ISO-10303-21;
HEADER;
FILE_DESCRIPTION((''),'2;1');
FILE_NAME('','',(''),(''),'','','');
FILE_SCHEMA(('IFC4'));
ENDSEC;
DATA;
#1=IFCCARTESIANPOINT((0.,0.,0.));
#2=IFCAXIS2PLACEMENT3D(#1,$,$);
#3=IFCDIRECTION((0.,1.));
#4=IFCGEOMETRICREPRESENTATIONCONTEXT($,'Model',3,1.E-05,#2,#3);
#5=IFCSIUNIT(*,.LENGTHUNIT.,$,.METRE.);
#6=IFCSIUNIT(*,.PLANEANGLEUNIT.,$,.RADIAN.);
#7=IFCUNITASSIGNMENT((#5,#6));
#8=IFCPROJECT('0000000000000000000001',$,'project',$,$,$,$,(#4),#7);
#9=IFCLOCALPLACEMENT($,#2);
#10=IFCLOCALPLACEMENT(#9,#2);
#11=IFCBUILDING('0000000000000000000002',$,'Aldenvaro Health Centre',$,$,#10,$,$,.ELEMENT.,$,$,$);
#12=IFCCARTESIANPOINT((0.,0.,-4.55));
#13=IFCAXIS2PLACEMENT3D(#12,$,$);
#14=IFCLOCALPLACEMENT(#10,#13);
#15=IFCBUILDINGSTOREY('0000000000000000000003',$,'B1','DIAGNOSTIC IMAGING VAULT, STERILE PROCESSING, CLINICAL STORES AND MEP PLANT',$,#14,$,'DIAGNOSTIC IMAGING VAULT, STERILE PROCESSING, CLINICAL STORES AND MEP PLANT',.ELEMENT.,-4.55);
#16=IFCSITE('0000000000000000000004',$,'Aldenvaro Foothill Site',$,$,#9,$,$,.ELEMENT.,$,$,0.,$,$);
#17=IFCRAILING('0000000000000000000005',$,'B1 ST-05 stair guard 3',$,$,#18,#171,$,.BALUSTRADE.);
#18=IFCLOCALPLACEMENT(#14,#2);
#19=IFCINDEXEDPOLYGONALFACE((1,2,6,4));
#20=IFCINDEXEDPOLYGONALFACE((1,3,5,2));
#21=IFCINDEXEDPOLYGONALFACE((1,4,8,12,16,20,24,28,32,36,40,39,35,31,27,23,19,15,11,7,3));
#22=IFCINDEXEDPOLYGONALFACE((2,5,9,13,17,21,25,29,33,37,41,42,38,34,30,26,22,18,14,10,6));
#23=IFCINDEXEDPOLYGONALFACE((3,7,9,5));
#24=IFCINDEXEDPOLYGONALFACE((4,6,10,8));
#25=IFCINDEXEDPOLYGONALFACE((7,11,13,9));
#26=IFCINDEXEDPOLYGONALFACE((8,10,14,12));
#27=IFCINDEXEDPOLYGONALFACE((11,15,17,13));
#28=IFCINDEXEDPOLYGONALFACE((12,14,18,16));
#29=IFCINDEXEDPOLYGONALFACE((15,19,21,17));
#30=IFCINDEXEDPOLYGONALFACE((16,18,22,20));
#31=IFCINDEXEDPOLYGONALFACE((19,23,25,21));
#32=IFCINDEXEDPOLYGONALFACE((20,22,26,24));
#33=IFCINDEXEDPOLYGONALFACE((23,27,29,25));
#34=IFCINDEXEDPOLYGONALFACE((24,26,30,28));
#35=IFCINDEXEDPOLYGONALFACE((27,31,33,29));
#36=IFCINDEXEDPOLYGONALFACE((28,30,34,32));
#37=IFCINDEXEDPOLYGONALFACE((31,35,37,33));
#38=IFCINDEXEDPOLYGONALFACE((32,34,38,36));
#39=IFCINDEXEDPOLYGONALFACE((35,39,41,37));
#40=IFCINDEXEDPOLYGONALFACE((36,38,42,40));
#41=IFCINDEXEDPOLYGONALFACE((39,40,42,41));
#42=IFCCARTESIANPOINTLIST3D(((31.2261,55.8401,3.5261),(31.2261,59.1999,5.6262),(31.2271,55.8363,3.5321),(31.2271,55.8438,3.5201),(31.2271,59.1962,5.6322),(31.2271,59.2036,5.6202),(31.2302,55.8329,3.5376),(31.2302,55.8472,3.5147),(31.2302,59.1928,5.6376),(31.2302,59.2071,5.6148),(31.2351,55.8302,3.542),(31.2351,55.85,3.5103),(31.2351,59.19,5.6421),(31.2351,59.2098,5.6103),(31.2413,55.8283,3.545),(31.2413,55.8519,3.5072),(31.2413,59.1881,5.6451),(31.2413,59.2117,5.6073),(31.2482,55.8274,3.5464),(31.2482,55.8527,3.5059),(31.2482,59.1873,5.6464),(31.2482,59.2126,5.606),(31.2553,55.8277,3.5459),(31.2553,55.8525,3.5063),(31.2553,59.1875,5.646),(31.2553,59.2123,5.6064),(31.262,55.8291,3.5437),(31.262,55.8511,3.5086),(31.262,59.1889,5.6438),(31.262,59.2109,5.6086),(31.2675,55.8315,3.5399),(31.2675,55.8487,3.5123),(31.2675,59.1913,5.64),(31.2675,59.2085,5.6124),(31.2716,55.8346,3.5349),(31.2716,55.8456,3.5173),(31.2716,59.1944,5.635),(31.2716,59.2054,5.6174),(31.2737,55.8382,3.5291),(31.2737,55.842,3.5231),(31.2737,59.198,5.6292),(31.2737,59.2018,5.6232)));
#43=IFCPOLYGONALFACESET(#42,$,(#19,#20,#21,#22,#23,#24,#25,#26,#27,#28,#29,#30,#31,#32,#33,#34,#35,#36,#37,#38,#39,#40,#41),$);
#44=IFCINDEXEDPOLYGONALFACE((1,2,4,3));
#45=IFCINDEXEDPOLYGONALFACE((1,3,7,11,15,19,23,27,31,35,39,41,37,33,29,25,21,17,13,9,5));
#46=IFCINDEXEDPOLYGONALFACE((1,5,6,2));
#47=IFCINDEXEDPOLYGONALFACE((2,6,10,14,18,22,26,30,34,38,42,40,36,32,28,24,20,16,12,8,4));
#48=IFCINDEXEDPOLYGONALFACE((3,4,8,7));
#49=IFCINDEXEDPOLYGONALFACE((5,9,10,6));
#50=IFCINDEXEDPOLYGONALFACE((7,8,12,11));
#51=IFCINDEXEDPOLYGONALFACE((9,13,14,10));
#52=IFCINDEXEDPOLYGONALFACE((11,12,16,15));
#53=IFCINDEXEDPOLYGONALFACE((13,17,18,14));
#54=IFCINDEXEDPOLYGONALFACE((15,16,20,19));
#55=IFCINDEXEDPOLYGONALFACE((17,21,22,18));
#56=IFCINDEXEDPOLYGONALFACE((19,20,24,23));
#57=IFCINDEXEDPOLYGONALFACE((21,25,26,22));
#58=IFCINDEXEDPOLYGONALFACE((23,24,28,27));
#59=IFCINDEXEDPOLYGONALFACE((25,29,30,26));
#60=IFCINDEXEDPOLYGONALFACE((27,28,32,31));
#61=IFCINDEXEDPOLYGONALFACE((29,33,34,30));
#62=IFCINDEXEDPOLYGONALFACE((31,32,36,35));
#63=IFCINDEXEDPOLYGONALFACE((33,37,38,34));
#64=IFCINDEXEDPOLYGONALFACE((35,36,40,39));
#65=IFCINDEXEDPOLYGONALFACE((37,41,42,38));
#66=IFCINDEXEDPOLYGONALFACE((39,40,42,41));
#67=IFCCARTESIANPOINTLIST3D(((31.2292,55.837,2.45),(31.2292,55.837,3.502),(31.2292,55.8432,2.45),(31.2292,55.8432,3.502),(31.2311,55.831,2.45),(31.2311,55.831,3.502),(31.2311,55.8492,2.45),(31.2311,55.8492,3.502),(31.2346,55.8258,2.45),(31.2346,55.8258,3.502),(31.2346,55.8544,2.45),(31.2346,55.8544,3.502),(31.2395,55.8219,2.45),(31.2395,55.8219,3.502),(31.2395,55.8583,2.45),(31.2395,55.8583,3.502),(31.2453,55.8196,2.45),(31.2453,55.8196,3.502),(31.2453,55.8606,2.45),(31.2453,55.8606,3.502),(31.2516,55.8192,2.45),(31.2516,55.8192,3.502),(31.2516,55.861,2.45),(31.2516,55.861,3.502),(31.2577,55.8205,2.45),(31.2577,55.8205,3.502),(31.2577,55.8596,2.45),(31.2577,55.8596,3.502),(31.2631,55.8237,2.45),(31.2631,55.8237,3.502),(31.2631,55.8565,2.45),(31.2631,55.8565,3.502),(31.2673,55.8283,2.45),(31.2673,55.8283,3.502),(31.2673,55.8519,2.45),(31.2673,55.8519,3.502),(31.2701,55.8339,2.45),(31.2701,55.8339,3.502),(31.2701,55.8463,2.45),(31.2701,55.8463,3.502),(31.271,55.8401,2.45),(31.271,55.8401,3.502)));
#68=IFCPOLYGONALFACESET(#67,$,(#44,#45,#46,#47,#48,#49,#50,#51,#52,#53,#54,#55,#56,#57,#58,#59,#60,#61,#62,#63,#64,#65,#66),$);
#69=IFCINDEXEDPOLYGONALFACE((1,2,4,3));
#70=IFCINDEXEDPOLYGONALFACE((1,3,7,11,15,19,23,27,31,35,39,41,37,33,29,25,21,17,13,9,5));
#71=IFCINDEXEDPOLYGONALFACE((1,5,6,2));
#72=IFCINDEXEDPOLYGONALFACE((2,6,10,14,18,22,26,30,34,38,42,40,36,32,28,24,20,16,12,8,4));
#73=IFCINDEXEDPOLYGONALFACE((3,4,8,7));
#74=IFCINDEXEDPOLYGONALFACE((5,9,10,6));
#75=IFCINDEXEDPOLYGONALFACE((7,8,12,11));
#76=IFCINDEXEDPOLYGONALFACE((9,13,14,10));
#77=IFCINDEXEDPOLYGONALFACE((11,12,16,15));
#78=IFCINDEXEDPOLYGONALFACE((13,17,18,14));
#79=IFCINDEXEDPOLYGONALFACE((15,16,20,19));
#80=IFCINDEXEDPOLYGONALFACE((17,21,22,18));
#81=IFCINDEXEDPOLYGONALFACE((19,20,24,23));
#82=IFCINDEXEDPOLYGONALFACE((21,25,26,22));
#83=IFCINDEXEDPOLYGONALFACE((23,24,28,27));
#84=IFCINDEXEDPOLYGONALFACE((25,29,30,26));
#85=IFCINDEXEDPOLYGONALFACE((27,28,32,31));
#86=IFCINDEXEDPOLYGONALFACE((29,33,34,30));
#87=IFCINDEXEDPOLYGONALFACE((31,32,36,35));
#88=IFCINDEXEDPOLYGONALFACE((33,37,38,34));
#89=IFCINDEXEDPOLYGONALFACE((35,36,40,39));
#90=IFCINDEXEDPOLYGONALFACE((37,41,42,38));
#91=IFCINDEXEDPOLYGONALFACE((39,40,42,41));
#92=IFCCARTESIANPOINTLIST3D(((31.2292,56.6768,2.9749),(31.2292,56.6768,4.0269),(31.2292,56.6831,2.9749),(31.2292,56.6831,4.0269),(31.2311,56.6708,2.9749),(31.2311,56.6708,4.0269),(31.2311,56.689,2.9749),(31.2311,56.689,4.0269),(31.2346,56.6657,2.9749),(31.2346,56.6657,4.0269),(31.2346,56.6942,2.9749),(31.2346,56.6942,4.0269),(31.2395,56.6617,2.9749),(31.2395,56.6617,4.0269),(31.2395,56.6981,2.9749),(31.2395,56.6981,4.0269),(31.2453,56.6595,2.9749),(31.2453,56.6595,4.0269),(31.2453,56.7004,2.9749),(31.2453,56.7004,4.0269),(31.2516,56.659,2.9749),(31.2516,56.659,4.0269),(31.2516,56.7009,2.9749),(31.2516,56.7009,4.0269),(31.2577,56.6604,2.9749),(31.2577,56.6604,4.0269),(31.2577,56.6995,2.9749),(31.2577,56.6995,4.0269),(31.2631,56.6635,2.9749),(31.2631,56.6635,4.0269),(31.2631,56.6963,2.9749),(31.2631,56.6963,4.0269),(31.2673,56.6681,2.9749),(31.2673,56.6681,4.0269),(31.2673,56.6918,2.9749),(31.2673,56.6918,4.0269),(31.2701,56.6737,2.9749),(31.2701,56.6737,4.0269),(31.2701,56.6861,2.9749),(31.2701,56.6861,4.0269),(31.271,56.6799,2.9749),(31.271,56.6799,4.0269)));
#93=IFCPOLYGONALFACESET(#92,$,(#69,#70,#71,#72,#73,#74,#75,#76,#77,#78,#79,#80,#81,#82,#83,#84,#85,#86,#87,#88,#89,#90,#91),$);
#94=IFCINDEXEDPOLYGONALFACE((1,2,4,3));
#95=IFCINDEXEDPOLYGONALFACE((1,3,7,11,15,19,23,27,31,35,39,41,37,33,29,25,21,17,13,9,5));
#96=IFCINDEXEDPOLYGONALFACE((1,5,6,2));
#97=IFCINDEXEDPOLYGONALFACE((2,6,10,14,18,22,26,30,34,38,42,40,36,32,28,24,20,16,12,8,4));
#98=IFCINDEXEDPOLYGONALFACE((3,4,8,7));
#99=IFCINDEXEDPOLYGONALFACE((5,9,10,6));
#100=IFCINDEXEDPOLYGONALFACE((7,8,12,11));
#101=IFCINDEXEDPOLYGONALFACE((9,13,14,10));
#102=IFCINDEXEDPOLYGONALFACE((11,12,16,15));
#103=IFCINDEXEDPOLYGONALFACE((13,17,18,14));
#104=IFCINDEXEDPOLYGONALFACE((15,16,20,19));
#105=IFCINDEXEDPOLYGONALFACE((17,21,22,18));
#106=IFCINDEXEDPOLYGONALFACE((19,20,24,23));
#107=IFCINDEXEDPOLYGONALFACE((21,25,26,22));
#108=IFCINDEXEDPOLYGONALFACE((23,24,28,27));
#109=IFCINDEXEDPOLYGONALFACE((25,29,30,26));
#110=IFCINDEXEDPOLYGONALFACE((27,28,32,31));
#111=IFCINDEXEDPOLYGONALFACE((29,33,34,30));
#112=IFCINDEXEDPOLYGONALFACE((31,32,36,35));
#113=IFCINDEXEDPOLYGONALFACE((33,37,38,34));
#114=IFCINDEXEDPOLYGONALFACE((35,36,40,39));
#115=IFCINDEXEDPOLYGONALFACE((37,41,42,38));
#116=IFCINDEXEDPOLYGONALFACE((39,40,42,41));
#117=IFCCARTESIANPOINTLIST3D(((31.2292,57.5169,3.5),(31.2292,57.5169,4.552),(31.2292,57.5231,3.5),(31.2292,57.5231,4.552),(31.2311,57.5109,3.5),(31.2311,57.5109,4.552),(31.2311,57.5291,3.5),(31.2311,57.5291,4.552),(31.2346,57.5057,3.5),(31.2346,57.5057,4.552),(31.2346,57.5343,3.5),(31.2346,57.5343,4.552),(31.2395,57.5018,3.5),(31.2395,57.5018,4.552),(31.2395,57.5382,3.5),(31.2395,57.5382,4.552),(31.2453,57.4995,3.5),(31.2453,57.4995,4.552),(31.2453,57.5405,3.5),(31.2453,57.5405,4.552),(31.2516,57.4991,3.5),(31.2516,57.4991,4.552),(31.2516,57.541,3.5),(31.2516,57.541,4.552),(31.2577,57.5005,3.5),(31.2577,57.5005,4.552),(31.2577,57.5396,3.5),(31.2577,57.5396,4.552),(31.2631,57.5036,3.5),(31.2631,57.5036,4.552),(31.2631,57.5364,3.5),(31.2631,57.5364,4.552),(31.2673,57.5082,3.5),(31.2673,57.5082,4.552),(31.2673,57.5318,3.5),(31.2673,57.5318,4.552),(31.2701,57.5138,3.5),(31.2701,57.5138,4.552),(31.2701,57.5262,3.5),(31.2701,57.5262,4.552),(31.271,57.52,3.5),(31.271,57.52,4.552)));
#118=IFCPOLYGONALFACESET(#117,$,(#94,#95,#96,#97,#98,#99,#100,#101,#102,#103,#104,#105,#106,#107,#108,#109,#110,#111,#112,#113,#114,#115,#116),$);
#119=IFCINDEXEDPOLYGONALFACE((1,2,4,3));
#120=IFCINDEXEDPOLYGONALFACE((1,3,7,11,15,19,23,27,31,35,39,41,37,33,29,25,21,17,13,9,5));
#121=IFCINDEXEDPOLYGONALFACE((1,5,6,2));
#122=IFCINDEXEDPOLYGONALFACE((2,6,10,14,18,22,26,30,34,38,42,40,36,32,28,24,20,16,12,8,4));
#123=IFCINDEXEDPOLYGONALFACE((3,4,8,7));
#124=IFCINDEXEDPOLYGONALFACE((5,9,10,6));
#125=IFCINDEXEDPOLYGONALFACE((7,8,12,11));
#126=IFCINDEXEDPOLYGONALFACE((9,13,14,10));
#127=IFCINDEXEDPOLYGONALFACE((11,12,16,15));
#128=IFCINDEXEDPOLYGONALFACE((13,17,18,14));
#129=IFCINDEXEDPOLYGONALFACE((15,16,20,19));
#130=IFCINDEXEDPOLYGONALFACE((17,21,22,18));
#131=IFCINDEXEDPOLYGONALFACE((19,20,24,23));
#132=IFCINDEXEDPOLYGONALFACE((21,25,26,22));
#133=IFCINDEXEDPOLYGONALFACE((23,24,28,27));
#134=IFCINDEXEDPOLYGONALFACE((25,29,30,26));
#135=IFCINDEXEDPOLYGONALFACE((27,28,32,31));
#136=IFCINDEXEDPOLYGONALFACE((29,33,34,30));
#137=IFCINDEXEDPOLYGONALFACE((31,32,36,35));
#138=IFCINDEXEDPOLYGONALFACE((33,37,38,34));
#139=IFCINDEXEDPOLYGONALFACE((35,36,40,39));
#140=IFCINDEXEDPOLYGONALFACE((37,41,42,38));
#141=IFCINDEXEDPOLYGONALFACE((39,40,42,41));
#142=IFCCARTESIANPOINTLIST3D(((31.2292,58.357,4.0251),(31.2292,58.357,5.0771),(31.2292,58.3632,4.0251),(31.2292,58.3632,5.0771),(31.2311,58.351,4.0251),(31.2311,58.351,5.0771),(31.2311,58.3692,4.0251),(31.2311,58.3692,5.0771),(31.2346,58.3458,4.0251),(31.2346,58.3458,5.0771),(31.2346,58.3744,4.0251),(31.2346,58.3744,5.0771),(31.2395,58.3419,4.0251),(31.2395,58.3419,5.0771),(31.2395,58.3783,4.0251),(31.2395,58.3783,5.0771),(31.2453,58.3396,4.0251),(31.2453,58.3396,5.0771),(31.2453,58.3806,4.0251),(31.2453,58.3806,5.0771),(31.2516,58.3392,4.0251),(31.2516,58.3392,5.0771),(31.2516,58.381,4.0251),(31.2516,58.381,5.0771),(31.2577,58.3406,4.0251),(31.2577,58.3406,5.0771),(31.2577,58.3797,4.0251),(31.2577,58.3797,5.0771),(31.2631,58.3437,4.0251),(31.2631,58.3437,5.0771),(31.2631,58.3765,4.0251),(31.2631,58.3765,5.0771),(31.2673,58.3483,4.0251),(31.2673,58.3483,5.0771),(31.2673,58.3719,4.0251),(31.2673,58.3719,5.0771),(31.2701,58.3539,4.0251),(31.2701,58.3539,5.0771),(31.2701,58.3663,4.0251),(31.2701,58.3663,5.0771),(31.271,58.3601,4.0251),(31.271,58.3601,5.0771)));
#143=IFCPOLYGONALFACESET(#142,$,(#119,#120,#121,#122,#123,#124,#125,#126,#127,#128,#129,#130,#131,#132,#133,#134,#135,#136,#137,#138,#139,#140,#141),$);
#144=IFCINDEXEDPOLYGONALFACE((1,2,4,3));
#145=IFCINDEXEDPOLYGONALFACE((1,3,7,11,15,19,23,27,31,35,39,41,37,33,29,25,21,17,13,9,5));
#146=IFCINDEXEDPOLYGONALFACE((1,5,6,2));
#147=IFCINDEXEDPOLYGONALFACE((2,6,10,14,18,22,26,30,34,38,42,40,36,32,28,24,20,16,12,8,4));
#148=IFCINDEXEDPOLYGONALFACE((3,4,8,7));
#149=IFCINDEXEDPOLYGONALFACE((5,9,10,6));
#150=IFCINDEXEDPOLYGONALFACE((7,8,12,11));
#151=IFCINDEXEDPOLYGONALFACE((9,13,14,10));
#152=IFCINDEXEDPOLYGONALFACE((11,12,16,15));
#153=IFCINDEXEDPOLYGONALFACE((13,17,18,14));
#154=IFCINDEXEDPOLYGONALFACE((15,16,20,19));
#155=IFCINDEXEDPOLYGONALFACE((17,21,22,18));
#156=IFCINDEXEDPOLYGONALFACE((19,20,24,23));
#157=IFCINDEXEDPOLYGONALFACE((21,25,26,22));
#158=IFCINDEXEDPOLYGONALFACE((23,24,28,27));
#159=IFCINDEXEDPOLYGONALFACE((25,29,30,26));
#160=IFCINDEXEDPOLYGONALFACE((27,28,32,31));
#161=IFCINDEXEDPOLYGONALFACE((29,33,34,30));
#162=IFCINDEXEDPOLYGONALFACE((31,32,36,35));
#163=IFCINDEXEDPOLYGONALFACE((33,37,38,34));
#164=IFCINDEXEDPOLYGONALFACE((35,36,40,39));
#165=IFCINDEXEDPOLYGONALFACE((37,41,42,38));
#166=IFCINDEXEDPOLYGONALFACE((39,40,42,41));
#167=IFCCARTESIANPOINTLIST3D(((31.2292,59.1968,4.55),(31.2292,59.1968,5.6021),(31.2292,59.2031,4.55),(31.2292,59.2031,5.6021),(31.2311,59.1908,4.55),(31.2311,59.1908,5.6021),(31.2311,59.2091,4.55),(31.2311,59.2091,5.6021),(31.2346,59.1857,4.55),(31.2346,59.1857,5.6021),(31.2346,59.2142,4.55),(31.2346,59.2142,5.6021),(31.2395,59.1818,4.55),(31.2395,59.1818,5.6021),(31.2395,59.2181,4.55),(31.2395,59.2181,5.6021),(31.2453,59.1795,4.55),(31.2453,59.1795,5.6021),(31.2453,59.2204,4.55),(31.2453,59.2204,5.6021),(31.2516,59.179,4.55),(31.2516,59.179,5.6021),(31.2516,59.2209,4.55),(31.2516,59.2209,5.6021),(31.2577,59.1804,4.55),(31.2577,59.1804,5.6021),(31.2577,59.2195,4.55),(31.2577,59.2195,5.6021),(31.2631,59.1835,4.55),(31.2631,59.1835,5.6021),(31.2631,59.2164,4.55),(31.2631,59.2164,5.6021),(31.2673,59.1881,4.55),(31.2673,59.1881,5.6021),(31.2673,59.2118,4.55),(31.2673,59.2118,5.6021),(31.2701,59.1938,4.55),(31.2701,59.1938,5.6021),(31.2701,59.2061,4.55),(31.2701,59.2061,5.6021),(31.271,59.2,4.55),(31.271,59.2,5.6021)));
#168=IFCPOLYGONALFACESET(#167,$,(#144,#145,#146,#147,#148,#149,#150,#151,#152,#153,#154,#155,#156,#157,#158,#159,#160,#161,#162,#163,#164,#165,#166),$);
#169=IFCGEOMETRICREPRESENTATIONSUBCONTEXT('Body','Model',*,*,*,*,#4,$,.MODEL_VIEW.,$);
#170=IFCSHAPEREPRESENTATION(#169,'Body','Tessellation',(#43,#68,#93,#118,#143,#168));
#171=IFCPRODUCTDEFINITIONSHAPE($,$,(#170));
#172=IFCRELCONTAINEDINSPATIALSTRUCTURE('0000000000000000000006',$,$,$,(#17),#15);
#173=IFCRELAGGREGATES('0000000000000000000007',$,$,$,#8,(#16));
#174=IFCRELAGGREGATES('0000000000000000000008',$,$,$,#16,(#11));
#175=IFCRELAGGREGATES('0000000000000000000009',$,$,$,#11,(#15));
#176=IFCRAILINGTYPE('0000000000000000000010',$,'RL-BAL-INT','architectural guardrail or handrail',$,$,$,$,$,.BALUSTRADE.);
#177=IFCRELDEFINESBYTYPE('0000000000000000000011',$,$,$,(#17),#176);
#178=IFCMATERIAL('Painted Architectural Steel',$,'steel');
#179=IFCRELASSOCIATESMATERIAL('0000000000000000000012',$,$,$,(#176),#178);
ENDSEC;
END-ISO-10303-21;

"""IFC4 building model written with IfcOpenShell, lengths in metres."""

from ifc_helpers import new_model, si_unit, direction, frame, origin, origin_2d, place, context, subcontext, project, spatial, circle, extrude, material, type_object, element, save


model = new_model("IFC4")

# Units and contexts
model_context = context("Model", 3, precision=1e-05, world=origin(), true_north=direction((0.0, 1.0)))
body_context = subcontext(model_context, "Body", "Model", "MODEL_VIEW")
ifc_project = project(units=[si_unit("LENGTHUNIT", "METRE"), si_unit("PLANEANGLEUNIT", "RADIAN")], contexts=[model_context])

# Site, building, storey
site_placement = place(None, origin())
site = spatial("IfcSite", under=ifc_project, at=site_placement, Name="Aldenvaro Foothill Site", CompositionType="ELEMENT", RefElevation=0.0)
building_placement = place(site_placement, origin())
building = spatial("IfcBuilding", under=site, at=building_placement, Name="Aldenvaro Health Centre", CompositionType="ELEMENT")
storey_placement = place(building_placement, frame((0.0, 0.0, -4.55)))
storey = spatial("IfcBuildingStorey", under=building, at=storey_placement, Name="B1", Description="DIAGNOSTIC IMAGING VAULT, STERILE PROCESSING, CLINICAL STORES AND MEP PLANT", LongName="DIAGNOSTIC IMAGING VAULT, STERILE PROCESSING, CLINICAL STORES AND MEP PLANT", CompositionType="ELEMENT", Elevation=-4.55)

# Railing
ifc_material_1 = material(Name="Painted Architectural Steel", Category="steel")
railing_type_1 = type_object("IfcRailingType", Name="RL-BAL-INT", Description="architectural guardrail or handrail", PredefinedType="BALUSTRADE", material=ifc_material_1)
railing_1_placement = place(storey_placement, frame((31.25, 55.8401, 2.45)))
element("IfcRailing", 1, at=railing_1_placement, inside=storey, type_object=railing_type_1, Name="B1 ST-05 stair guard 3", PredefinedType="BALUSTRADE", context=body_context, shape_type="SweptSolid", body=[
    extrude(circle(Radius=0.0239, at=origin_2d()), frame((0.0, 0.0, 1.0762), z_axis=(0.0, 0.847978, 0.530032), x_axis=(-1.0, 0.0, 0.0)), (0.0, 0.0, 1.0), 3.9622),
    extrude(circle(Radius=0.021, at=origin_2d()), origin(), (0.0, 0.0, 1.0), 1.052),
    extrude(circle(Radius=0.021, at=origin_2d()), frame((0.0, 0.8398, 0.5249)), (0.0, 0.0, 1.0), 1.052),
    extrude(circle(Radius=0.021, at=origin_2d()), frame((0.0, 1.6799, 1.05)), (0.0, 0.0, 1.0), 1.052),
    extrude(circle(Radius=0.021, at=origin_2d()), frame((0.0, 2.52, 1.5752)), (0.0, 0.0, 1.0), 1.052),
    extrude(circle(Radius=0.021, at=origin_2d()), frame((0.0, 3.3599, 2.1001)), (0.0, 0.0, 1.0), 1.052),
])

save(model, "model.ifc")
